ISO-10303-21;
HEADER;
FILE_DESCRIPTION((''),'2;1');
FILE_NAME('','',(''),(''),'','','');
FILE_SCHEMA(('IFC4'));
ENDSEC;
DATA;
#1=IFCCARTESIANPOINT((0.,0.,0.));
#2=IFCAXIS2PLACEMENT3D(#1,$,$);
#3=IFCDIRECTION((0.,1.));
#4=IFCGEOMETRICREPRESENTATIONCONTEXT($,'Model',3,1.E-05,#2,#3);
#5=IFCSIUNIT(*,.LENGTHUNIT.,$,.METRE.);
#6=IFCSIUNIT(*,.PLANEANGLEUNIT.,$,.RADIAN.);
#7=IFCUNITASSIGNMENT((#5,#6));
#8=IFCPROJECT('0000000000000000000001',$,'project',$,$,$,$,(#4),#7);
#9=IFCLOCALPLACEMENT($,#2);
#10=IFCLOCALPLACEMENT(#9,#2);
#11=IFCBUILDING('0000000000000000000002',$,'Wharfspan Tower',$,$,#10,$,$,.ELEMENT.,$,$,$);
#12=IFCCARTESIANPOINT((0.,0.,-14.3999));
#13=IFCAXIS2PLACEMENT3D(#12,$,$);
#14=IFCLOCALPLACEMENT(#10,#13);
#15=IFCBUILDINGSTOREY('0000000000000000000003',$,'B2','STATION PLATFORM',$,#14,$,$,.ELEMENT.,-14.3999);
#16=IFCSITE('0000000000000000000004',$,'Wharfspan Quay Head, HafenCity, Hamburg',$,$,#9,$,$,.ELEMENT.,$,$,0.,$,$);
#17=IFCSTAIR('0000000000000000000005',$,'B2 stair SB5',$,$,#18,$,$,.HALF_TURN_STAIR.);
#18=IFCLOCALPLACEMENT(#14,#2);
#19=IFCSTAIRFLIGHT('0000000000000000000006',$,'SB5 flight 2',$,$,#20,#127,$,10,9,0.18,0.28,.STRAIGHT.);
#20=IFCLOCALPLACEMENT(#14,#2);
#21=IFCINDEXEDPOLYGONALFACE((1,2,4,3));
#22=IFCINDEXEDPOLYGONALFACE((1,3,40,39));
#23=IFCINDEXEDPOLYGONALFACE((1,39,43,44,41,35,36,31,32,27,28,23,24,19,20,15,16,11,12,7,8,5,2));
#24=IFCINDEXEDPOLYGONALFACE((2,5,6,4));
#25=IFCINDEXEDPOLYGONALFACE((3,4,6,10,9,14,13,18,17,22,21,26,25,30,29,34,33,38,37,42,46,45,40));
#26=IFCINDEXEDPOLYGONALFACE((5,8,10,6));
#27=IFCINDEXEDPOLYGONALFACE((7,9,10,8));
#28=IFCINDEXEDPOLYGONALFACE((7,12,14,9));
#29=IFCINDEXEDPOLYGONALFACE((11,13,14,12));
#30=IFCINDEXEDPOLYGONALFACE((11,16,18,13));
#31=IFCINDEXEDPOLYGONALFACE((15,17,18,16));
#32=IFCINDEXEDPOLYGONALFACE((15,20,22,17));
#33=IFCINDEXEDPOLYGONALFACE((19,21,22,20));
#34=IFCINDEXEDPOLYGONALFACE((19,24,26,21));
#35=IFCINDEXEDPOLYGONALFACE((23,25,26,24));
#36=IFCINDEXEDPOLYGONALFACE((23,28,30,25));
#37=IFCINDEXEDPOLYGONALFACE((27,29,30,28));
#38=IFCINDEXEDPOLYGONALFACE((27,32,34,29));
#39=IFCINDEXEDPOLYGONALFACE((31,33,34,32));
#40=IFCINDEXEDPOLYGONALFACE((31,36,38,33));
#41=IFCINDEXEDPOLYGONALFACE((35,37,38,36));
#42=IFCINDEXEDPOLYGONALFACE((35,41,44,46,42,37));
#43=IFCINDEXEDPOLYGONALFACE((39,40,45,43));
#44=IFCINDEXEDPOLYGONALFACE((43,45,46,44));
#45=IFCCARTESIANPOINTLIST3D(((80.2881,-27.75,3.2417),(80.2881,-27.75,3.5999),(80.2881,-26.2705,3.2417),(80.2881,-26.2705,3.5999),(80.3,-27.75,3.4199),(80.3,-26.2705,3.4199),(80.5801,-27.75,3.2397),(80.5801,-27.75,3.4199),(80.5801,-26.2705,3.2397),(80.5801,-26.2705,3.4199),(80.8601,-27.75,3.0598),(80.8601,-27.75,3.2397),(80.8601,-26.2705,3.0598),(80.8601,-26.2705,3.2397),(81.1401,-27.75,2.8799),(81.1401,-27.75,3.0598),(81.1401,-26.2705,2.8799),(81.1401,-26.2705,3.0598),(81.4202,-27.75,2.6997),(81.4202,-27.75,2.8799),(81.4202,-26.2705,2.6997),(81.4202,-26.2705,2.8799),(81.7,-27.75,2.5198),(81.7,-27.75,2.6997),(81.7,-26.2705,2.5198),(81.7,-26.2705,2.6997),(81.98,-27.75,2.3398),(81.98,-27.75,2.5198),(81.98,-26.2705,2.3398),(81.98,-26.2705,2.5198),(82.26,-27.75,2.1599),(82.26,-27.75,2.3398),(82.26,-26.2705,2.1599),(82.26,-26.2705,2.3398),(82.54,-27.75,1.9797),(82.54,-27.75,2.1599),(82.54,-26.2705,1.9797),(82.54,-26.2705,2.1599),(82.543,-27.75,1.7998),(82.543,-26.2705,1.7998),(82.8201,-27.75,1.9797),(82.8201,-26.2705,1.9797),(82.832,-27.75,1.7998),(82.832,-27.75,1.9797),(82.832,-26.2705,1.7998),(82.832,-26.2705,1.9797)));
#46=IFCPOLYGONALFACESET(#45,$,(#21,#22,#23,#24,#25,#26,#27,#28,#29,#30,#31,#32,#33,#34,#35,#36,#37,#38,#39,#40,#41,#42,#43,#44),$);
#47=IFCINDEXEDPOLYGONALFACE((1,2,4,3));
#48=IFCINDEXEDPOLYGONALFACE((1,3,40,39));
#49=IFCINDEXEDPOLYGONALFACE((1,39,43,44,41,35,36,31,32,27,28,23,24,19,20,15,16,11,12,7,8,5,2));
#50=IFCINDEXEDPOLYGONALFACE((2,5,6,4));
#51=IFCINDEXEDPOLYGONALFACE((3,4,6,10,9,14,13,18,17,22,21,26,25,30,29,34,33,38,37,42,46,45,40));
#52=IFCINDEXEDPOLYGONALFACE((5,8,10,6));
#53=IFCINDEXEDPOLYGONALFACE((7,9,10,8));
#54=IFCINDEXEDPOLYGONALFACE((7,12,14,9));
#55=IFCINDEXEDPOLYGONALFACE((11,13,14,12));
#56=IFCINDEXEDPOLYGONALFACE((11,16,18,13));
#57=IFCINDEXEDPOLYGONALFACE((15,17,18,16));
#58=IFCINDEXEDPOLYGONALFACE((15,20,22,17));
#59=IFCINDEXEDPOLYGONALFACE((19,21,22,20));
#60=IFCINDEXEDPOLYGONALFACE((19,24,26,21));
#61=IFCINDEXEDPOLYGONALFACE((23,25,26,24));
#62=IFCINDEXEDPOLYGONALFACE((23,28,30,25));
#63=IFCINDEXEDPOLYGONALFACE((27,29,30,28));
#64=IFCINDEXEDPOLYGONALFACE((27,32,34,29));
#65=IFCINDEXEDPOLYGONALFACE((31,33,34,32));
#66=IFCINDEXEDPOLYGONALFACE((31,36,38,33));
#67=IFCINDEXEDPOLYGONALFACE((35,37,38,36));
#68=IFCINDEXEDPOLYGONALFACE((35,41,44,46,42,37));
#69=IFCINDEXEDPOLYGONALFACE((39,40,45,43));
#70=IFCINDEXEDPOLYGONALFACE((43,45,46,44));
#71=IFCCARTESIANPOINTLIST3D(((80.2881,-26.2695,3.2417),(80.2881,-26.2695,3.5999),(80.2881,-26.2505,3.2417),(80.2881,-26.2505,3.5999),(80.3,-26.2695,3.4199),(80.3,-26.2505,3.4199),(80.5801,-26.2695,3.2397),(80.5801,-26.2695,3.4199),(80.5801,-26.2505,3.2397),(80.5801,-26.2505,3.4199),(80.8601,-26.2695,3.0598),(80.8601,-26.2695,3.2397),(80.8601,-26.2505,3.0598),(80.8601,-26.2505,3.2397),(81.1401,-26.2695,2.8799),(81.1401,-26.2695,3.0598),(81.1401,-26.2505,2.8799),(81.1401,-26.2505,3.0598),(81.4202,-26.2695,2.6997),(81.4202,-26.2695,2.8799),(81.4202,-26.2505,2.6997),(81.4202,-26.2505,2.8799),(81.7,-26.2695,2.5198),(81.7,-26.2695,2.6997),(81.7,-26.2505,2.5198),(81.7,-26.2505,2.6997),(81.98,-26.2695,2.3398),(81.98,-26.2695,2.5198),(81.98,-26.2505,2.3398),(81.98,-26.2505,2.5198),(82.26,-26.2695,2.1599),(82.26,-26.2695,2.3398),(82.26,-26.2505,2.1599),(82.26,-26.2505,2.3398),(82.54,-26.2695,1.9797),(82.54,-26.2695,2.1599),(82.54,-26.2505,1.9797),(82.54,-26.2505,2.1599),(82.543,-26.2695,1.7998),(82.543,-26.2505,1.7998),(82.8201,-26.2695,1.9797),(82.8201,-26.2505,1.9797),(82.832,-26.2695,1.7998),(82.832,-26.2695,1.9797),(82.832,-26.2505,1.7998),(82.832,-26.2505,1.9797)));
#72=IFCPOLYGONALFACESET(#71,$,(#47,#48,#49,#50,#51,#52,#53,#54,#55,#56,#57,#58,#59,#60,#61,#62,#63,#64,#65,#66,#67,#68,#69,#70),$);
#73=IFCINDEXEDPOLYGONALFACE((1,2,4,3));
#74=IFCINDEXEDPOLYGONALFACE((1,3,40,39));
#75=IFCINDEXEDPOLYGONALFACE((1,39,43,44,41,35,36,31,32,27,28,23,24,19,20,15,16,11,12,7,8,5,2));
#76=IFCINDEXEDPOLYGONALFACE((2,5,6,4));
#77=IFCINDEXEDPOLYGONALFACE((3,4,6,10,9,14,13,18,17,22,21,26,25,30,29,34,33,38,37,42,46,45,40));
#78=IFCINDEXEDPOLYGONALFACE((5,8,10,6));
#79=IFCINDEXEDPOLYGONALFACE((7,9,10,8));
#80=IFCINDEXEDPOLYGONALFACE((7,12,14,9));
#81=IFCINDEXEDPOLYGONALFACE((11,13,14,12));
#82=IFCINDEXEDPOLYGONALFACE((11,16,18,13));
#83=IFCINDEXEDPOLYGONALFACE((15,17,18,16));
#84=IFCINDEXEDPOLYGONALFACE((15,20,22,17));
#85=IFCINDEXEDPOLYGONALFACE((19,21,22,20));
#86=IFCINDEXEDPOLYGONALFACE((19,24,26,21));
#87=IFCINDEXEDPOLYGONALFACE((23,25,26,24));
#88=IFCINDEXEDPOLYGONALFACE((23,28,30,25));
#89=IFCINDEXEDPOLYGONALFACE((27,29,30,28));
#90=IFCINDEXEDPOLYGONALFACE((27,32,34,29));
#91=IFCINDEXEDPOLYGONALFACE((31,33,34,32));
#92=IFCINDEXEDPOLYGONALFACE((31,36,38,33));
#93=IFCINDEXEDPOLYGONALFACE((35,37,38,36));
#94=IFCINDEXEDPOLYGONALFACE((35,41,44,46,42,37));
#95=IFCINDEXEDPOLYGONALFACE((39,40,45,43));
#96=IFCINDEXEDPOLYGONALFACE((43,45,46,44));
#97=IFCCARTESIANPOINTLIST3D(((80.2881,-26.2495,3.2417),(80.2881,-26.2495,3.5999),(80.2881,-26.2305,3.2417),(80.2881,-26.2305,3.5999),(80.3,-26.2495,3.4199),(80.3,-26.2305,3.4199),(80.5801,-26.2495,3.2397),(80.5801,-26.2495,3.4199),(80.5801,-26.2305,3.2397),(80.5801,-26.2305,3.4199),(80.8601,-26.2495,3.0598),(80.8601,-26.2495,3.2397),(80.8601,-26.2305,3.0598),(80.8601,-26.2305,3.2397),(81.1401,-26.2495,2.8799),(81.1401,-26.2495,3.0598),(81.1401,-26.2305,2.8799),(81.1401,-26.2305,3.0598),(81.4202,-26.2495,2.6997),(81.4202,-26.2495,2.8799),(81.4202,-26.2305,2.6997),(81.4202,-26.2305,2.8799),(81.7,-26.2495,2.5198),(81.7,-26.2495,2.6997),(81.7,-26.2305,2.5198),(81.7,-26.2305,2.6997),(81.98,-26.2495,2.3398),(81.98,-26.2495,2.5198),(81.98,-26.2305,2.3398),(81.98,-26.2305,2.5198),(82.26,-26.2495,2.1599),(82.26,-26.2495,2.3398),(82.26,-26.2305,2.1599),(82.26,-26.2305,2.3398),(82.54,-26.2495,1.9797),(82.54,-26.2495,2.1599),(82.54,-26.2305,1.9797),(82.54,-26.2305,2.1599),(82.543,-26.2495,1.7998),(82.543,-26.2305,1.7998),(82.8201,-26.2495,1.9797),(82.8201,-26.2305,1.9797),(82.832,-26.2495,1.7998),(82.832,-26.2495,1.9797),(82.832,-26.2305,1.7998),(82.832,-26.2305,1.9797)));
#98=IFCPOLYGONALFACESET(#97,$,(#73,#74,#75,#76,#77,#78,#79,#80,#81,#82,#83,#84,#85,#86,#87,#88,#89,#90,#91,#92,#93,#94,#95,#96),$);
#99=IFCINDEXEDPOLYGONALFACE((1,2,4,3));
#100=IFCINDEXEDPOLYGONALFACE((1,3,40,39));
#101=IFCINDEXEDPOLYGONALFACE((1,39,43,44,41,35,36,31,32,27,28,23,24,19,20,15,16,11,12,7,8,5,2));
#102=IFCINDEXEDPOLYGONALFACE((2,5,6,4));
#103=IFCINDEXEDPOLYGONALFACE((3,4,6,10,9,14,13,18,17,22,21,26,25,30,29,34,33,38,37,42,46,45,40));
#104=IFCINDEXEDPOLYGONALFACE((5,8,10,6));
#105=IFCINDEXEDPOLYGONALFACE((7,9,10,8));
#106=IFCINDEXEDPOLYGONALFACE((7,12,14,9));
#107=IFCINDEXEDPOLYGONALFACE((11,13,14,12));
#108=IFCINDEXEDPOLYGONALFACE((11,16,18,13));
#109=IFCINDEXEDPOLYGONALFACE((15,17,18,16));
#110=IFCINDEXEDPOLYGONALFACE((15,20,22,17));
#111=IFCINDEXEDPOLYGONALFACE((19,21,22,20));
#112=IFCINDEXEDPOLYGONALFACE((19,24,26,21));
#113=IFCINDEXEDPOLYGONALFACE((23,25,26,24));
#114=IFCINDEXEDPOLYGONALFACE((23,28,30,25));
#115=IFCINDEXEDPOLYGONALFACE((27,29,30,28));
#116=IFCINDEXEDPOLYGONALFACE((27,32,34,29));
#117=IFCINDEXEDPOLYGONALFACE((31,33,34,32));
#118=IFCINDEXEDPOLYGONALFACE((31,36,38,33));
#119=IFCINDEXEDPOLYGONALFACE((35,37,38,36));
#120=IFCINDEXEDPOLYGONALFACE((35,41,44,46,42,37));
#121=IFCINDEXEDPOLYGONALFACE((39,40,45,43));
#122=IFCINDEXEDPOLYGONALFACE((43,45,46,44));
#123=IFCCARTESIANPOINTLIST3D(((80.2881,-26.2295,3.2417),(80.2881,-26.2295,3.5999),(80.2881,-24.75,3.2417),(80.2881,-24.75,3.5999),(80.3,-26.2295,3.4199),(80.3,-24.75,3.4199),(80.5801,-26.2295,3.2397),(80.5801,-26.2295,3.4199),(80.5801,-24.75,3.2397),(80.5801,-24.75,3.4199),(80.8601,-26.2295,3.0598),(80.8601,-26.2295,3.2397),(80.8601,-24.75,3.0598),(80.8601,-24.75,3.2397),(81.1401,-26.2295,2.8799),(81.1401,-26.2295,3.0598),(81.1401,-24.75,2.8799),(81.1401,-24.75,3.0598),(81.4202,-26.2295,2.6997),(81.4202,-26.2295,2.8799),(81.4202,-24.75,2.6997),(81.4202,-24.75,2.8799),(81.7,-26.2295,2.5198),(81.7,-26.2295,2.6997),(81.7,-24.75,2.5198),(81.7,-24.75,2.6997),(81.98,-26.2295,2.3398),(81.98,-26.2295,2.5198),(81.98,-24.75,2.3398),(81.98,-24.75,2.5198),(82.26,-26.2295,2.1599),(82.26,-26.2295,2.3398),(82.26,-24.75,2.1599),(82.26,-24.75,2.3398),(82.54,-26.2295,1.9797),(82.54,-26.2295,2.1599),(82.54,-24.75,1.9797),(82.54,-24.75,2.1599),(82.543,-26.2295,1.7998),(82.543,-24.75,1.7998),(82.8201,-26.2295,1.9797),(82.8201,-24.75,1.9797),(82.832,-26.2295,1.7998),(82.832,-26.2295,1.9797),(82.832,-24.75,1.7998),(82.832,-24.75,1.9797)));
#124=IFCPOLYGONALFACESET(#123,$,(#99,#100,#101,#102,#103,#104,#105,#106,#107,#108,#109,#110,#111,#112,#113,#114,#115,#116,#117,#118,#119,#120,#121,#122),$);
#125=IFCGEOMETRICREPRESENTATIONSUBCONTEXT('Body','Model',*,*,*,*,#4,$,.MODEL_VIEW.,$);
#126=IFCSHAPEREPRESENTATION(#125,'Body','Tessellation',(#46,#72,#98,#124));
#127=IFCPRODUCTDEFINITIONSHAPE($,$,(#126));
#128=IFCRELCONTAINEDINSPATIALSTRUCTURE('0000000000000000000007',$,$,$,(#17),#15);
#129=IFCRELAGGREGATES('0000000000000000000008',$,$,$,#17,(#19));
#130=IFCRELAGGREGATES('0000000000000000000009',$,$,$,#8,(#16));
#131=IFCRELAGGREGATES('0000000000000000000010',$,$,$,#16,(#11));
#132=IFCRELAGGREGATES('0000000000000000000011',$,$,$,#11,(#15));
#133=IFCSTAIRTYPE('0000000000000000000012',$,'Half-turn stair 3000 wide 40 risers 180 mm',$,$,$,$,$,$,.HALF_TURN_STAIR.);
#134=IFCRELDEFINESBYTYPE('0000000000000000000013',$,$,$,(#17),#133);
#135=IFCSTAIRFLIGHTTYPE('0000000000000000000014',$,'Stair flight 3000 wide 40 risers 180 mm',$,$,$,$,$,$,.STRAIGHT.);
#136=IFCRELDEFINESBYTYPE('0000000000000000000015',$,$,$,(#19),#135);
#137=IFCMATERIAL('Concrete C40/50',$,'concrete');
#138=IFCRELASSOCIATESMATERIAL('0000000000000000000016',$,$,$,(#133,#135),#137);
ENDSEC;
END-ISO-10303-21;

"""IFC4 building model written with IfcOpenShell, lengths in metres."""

from ifc_helpers import new_model, si_unit, direction, frame, origin, place, context, subcontext, project, spatial, polyline, outline, extrude, material, type_object, element, aggregate, save


model = new_model("IFC4")

# Units and contexts
model_context = context("Model", 3, precision=1e-05, world=origin(), true_north=direction((0.0, 1.0)))
body_context = subcontext(model_context, "Body", "Model", "MODEL_VIEW")
ifc_project = project(units=[si_unit("LENGTHUNIT", "METRE"), si_unit("PLANEANGLEUNIT", "RADIAN")], contexts=[model_context])

# Site, building, storey
site_placement = place(None, origin())
site = spatial("IfcSite", under=ifc_project, at=site_placement, Name="Wharfspan Quay Head, HafenCity, Hamburg", CompositionType="ELEMENT", RefElevation=0.0)
building_placement = place(site_placement, origin())
building = spatial("IfcBuilding", under=site, at=building_placement, Name="Wharfspan Tower", CompositionType="ELEMENT")
storey_placement = place(building_placement, frame((0.0, 0.0, -14.3999)))
storey = spatial("IfcBuildingStorey", under=building, at=storey_placement, Name="B2", Description="STATION PLATFORM", CompositionType="ELEMENT", Elevation=-14.3999)

# Shared definitions
ifc_material_1 = material(Name="Concrete C40/50", Category="concrete")

# Stair, stair flight
stair_type = type_object("IfcStairType", Name="Half-turn stair 3000 wide 40 risers 180 mm", PredefinedType="HALF_TURN_STAIR", material=ifc_material_1)
stair_flight_type = type_object("IfcStairFlightType", Name="Stair flight 3000 wide 40 risers 180 mm", PredefinedType="STRAIGHT", material=ifc_material_1)
stair_1_placement = place(storey_placement, origin())
stair_1 = element("IfcStair", 1, at=stair_1_placement, inside=storey, type_object=stair_type, Name="B2 stair SB5", PredefinedType="HALF_TURN_STAIR")
stair_flight_1_placement = place(storey_placement, frame((82.8201, -26.25, 1.7998), z_axis=(0.0, 0.0, 1.0), x_axis=(-1.0, 0.0, 0.0)))
stair_flight_1 = element("IfcStairFlight", 2, at=stair_flight_1_placement, type_object=stair_flight_type, Name="SB5 flight 2", NumberOfRisers=10, NumberOfTreads=9, PredefinedType="STRAIGHT", RiserHeight=0.18, TreadLength=0.28, context=body_context, shape_type="SweptSolid", body=[
    extrude(outline(polyline([(-0.012, 0.0), (-0.012, 0.1799), (0.0, 0.1799), (0.28, 0.1799), (0.28, 0.3601), (0.5601, 0.3601), (0.5601, 0.54), (0.8401, 0.54), (0.8401, 0.72), (1.1201, 0.72), (1.1201, 0.8999), (1.3999, 0.8999), (1.3999, 1.0801), (1.6799, 1.0801), (1.6799, 1.26), (1.96, 1.26), (1.96, 1.4399), (2.24, 1.4399), (2.24, 1.6201), (2.52, 1.6201), (2.532, 1.8), (2.532, 1.4419), (0.2771, 0.0), (-0.012, 0.0)])), frame((0.0, 1.5, 0.0), z_axis=(0.0, -1.0, 0.0), x_axis=(1.0, 0.0, 0.0)), (0.0, 0.0, 1.0), 1.4795),
    extrude(outline(polyline([(-0.012, 0.0), (-0.012, 0.1799), (0.0, 0.1799), (0.28, 0.1799), (0.28, 0.3601), (0.5601, 0.3601), (0.5601, 0.54), (0.8401, 0.54), (0.8401, 0.72), (1.1201, 0.72), (1.1201, 0.8999), (1.3999, 0.8999), (1.3999, 1.0801), (1.6799, 1.0801), (1.6799, 1.26), (1.96, 1.26), (1.96, 1.4399), (2.24, 1.4399), (2.24, 1.6201), (2.52, 1.6201), (2.532, 1.8), (2.532, 1.4419), (0.2771, 0.0), (-0.012, 0.0)])), frame((0.0, 0.0195, 0.0), z_axis=(0.0, -1.0, 0.0), x_axis=(1.0, 0.0, 0.0)), (0.0, 0.0, 1.0), 0.019),
    extrude(outline(polyline([(-0.012, 0.0), (-0.012, 0.1799), (0.0, 0.1799), (0.28, 0.1799), (0.28, 0.3601), (0.5601, 0.3601), (0.5601, 0.54), (0.8401, 0.54), (0.8401, 0.72), (1.1201, 0.72), (1.1201, 0.8999), (1.3999, 0.8999), (1.3999, 1.0801), (1.6799, 1.0801), (1.6799, 1.26), (1.96, 1.26), (1.96, 1.4399), (2.24, 1.4399), (2.24, 1.6201), (2.52, 1.6201), (2.532, 1.8), (2.532, 1.4419), (0.2771, 0.0), (-0.012, 0.0)])), frame((0.0, -0.0005, 0.0), z_axis=(0.0, -1.0, 0.0), x_axis=(1.0, 0.0, 0.0)), (0.0, 0.0, 1.0), 0.019),
    extrude(outline(polyline([(-0.012, 0.0), (-0.012, 0.1799), (0.0, 0.1799), (0.28, 0.1799), (0.28, 0.3601), (0.5601, 0.3601), (0.5601, 0.54), (0.8401, 0.54), (0.8401, 0.72), (1.1201, 0.72), (1.1201, 0.8999), (1.3999, 0.8999), (1.3999, 1.0801), (1.6799, 1.0801), (1.6799, 1.26), (1.96, 1.26), (1.96, 1.4399), (2.24, 1.4399), (2.24, 1.6201), (2.52, 1.6201), (2.532, 1.8), (2.532, 1.4419), (0.2771, 0.0), (-0.012, 0.0)])), frame((0.0, -0.0205, 0.0), z_axis=(0.0, -1.0, 0.0), x_axis=(1.0, 0.0, 0.0)), (0.0, 0.0, 1.0), 1.4795),
])
aggregate(stair_1, [stair_flight_1])

save(model, "model.ifc")
